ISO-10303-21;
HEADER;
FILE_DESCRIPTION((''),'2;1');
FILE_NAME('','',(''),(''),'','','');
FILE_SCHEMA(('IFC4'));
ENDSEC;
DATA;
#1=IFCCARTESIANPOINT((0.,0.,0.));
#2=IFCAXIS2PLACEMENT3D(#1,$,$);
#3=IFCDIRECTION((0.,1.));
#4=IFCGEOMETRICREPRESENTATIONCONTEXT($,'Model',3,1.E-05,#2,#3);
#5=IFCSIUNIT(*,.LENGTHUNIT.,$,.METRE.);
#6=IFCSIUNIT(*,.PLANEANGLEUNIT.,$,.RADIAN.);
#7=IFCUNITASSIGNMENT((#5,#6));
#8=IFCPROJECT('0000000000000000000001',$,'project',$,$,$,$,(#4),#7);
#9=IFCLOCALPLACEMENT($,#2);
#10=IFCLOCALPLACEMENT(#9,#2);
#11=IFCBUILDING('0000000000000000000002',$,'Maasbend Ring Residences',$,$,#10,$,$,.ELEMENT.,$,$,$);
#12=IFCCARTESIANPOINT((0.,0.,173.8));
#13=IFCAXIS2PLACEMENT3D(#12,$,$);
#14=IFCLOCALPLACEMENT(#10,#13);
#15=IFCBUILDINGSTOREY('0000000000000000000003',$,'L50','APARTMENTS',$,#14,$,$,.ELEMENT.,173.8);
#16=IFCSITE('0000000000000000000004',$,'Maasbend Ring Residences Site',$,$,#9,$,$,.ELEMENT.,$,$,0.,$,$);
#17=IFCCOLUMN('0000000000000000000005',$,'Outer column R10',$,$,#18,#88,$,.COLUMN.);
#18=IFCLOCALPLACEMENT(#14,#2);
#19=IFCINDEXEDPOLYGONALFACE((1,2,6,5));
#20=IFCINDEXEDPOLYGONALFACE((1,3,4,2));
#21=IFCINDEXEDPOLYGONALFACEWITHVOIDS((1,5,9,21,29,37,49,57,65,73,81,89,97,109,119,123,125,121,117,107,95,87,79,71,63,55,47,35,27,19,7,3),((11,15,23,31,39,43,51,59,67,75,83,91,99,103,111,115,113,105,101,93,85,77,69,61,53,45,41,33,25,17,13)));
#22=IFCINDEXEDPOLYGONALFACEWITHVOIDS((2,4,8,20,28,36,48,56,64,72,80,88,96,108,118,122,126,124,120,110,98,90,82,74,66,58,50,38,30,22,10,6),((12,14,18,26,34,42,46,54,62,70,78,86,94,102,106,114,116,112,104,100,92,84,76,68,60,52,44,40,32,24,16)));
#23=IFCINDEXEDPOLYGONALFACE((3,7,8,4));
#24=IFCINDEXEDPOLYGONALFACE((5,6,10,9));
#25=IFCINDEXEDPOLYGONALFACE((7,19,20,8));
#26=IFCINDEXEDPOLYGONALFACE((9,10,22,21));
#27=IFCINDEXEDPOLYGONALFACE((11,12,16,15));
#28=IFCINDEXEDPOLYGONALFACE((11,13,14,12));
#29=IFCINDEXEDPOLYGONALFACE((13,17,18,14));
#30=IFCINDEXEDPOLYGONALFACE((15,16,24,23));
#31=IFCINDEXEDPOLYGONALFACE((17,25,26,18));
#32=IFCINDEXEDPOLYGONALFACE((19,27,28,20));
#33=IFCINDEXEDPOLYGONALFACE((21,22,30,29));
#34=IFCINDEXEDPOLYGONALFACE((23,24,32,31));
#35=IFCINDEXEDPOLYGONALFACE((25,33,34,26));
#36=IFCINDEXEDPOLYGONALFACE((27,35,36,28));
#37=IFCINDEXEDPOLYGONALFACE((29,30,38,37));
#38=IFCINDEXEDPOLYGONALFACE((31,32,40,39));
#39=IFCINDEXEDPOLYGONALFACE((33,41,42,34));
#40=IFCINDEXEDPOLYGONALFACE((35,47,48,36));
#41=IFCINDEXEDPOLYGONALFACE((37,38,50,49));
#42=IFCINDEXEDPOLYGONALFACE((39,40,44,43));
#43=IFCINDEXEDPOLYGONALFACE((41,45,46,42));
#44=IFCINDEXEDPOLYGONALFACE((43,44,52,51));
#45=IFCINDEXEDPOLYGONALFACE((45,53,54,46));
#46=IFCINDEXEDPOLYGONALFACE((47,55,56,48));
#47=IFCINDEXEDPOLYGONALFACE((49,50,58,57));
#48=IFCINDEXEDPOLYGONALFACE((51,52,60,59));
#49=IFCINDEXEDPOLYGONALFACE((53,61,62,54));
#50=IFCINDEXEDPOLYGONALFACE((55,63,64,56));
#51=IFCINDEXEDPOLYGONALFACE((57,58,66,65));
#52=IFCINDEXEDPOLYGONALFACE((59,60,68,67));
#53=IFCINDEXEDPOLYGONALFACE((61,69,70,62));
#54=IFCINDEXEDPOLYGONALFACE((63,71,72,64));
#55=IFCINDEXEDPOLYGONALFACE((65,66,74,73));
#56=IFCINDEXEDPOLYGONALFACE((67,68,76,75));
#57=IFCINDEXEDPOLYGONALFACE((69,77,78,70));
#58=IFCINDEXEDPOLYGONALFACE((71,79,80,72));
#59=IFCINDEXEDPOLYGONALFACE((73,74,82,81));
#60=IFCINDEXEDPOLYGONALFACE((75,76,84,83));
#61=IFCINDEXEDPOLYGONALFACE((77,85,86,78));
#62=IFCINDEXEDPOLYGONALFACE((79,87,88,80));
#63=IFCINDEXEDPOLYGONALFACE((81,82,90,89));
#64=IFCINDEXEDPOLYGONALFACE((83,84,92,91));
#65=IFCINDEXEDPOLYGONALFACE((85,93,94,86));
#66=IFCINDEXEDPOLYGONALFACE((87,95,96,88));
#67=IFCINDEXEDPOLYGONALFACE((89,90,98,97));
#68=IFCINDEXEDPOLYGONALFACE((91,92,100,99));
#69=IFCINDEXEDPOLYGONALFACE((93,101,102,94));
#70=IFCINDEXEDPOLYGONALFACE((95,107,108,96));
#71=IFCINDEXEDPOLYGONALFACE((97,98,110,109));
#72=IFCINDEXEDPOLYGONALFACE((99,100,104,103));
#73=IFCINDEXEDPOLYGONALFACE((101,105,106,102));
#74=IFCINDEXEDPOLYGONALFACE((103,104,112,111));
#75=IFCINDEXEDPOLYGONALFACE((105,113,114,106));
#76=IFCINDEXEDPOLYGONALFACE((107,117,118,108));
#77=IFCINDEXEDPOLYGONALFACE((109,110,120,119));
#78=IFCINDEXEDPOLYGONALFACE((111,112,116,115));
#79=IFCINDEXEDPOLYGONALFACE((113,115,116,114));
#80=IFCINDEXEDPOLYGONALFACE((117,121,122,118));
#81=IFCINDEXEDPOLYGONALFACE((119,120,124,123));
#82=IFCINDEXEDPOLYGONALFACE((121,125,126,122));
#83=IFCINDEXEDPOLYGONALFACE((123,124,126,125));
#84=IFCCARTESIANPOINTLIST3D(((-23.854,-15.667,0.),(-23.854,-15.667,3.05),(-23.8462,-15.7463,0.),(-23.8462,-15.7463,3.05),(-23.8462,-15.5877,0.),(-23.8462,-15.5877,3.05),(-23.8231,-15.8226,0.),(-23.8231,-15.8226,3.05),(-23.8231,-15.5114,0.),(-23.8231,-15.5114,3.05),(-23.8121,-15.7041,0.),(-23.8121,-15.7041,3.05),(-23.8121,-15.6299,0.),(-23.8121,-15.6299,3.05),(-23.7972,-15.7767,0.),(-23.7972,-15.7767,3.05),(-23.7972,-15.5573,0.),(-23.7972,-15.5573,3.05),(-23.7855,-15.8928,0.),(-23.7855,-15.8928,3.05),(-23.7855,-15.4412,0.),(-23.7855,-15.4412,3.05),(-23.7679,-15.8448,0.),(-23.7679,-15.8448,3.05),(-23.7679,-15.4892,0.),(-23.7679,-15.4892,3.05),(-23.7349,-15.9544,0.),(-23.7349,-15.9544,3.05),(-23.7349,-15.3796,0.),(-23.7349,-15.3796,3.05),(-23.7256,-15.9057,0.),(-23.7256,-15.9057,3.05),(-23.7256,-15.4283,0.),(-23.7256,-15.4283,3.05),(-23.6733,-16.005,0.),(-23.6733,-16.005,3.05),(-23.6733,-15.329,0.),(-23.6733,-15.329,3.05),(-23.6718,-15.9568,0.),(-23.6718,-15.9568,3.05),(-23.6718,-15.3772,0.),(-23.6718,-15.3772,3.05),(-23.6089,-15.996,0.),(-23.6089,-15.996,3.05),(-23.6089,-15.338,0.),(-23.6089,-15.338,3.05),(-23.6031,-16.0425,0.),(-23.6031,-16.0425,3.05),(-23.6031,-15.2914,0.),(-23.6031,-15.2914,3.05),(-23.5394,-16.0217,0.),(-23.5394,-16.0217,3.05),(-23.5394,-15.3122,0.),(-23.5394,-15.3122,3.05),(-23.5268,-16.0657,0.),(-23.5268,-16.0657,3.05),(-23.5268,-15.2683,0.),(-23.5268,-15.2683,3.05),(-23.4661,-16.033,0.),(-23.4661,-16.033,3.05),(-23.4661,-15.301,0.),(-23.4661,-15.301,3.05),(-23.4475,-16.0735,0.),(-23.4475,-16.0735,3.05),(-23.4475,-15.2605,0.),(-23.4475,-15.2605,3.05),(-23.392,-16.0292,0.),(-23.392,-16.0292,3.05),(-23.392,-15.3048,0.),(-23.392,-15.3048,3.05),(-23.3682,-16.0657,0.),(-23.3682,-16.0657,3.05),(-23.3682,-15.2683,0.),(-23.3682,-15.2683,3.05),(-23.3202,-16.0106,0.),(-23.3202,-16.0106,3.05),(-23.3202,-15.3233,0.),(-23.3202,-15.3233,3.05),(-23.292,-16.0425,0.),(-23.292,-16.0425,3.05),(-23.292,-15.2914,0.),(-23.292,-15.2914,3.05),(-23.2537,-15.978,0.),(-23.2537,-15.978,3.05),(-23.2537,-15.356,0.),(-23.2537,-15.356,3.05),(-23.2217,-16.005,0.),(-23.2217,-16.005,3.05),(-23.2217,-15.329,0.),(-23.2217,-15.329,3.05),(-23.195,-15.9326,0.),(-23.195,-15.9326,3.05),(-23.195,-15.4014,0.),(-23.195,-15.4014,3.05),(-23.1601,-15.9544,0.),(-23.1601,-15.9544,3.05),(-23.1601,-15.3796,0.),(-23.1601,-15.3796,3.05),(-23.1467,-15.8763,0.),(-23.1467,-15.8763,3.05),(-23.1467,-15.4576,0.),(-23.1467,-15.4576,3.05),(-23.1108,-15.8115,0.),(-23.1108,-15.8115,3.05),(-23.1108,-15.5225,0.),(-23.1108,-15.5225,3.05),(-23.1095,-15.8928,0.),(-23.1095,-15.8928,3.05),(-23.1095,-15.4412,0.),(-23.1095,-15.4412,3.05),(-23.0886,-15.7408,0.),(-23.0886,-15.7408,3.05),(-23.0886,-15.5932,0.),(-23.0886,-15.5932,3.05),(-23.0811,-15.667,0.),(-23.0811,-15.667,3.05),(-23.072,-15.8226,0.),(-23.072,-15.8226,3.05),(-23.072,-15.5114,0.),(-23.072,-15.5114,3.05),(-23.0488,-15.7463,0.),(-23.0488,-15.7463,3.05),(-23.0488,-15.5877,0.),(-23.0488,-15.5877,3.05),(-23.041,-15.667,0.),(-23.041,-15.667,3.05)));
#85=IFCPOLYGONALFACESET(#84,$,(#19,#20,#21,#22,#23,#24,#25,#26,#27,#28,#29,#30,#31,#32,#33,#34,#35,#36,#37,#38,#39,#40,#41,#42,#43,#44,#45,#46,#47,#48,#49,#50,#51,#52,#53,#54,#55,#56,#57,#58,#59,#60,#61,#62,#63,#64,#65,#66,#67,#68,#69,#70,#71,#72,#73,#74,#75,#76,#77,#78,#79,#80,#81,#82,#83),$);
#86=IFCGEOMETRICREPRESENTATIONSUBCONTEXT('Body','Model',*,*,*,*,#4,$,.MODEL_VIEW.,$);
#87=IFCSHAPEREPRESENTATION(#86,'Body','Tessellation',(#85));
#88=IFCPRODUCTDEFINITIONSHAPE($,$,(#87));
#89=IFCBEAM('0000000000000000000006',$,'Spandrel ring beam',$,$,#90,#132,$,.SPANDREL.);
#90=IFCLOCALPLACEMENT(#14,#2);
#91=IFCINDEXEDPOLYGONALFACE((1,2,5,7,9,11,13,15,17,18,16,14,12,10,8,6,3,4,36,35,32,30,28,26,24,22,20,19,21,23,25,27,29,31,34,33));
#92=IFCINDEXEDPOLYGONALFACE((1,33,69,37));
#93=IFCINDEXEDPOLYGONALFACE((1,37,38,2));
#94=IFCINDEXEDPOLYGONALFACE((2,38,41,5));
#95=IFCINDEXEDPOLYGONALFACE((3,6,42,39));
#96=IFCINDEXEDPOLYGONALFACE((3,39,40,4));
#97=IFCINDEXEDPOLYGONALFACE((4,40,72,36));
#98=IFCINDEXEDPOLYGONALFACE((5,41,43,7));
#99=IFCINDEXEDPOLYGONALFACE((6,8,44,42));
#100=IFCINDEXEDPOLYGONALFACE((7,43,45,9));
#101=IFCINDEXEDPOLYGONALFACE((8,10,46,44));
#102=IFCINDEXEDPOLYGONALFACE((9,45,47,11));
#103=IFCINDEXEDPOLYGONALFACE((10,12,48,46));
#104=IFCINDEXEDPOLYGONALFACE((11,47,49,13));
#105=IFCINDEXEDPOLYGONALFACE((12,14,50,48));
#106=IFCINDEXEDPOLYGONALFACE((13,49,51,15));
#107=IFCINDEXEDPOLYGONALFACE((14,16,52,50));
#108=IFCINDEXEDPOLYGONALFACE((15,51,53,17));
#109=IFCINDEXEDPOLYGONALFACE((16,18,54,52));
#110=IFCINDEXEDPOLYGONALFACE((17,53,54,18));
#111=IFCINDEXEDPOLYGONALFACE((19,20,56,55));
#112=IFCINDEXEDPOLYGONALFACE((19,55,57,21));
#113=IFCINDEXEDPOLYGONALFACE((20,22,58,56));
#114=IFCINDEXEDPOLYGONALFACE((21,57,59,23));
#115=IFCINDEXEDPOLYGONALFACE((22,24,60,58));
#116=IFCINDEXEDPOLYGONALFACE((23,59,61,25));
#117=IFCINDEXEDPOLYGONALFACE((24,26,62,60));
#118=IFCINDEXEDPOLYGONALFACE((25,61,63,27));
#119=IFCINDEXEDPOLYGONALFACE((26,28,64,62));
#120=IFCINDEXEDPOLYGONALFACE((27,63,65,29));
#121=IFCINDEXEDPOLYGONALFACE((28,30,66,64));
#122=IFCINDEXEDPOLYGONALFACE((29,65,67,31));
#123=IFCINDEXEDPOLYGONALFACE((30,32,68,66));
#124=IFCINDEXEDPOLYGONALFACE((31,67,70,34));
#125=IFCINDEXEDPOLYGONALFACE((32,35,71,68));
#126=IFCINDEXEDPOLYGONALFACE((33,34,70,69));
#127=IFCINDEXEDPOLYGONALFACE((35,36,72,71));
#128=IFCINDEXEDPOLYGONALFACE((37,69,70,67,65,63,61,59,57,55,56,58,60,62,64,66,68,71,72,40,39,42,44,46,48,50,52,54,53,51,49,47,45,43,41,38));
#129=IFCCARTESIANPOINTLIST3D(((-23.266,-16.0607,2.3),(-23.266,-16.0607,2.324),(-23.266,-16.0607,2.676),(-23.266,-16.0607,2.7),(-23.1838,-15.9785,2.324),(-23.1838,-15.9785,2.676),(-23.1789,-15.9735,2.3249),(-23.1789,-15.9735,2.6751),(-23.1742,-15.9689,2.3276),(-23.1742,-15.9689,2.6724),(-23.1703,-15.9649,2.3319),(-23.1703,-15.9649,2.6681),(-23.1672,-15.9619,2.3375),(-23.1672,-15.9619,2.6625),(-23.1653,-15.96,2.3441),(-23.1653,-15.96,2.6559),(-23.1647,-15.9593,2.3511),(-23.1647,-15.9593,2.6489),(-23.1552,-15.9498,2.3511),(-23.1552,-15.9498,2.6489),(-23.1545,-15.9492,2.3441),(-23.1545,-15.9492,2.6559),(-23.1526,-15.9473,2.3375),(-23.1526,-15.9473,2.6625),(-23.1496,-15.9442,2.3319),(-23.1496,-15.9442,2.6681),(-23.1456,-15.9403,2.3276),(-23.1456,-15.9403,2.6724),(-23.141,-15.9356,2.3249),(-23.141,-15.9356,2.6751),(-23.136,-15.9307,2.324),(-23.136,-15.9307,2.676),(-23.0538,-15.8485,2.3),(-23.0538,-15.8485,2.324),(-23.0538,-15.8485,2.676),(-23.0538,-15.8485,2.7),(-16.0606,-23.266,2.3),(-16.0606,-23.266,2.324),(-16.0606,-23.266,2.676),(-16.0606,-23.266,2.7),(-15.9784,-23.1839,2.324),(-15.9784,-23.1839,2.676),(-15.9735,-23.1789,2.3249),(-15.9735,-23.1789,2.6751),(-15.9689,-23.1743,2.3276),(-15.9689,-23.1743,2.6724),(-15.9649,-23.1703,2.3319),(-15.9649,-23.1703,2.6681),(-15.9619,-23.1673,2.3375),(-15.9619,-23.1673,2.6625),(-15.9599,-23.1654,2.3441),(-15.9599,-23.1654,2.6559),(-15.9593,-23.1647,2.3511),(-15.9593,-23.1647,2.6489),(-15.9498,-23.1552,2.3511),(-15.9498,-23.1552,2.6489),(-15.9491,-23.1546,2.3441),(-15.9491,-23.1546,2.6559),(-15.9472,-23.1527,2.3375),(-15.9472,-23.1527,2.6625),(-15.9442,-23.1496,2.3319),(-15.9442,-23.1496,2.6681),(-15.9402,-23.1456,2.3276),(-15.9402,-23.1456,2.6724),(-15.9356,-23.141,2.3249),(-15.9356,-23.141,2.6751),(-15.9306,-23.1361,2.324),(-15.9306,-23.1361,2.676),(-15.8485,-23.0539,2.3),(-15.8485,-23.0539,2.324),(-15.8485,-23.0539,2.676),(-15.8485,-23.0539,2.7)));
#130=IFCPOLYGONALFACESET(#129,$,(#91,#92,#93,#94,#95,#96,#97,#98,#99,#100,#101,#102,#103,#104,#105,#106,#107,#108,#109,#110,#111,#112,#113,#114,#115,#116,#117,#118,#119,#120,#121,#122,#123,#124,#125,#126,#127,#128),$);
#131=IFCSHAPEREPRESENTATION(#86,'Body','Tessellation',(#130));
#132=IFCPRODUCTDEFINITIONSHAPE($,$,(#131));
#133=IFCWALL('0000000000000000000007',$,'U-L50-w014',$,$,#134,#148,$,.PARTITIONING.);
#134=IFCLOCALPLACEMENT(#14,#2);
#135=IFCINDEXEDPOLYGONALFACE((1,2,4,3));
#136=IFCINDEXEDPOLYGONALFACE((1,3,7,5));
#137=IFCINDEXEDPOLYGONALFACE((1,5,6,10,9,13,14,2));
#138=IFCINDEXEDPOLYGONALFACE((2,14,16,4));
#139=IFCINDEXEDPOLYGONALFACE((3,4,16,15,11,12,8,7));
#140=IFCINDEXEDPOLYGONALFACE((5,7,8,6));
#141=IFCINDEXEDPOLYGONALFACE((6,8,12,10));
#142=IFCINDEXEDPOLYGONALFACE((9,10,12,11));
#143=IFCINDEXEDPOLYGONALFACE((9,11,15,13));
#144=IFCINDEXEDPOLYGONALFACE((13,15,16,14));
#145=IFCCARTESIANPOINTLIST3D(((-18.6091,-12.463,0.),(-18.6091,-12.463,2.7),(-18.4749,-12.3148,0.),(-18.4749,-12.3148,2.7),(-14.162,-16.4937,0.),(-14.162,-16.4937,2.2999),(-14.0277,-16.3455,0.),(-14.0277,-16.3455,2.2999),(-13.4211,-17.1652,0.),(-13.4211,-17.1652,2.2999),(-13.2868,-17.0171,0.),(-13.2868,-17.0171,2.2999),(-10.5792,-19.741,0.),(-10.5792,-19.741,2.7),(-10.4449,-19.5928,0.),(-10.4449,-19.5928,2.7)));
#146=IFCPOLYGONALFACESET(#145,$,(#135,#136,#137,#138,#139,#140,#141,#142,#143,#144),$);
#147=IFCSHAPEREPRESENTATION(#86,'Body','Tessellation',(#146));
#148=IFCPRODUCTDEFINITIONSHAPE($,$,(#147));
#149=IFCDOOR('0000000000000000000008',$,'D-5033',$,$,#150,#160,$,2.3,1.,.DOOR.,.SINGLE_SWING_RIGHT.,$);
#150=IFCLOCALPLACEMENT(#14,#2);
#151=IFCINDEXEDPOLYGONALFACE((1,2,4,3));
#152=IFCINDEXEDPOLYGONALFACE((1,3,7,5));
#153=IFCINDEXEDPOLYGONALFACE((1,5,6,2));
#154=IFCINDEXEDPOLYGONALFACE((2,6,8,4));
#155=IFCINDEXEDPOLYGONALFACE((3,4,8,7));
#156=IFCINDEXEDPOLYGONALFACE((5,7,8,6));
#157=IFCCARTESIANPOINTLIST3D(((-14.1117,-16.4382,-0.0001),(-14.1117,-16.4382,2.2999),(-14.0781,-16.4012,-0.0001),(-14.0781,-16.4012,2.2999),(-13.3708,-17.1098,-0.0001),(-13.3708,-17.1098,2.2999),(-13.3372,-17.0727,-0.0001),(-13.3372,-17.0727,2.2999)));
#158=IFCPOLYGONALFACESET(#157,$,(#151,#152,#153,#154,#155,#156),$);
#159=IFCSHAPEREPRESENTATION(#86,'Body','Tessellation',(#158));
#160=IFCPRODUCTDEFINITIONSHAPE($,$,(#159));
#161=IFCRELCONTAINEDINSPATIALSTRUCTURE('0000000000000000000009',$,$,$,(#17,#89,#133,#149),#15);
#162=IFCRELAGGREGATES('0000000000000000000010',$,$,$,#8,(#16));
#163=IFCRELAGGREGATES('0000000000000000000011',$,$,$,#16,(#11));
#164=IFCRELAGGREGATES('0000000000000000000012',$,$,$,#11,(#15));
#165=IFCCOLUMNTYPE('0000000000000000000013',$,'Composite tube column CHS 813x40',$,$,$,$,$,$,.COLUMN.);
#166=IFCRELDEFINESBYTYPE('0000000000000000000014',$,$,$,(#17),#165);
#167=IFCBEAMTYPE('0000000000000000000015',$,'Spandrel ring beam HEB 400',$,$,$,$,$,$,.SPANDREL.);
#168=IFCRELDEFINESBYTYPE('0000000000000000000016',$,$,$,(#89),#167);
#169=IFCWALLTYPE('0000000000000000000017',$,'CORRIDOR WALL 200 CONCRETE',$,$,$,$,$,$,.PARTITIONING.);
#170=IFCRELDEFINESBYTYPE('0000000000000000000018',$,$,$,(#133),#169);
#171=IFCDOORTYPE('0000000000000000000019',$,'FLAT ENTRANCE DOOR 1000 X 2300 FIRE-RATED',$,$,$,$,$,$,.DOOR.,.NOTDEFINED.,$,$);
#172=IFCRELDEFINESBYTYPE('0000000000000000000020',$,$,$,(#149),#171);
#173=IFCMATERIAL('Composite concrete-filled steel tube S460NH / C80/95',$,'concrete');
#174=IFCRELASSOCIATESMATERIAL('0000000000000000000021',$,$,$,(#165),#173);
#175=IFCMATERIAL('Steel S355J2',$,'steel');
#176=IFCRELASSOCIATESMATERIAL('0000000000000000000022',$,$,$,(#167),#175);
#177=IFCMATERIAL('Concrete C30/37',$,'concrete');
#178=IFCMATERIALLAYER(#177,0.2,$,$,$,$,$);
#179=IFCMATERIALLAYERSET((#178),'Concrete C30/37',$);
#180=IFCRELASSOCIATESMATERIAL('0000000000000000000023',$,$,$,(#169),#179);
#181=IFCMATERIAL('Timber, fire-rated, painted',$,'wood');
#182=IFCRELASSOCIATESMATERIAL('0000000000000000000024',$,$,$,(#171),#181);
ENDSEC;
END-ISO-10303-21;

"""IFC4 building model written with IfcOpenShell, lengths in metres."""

from ifc_helpers import new_model, si_unit, direction, frame, frame_2d, origin, origin_2d, place, context, subcontext, project, spatial, rectangle, hollow_circle, i_section, extrude, material, layer, layer_set, material_profile, profile_set, type_object, element, fill, save


model = new_model("IFC4")

# Units and contexts
model_context = context("Model", 3, precision=1e-05, world=origin(), true_north=direction((0.0, 1.0)))
body_context = subcontext(model_context, "Body", "Model", "MODEL_VIEW")
ifc_project = project(units=[si_unit("LENGTHUNIT", "METRE"), si_unit("PLANEANGLEUNIT", "RADIAN")], contexts=[model_context])

# Site, building, storey
site_placement = place(None, origin())
site = spatial("IfcSite", under=ifc_project, at=site_placement, Name="Maasbend Ring Residences Site", CompositionType="ELEMENT", RefElevation=0.0)
building_placement = place(site_placement, origin())
building = spatial("IfcBuilding", under=site, at=building_placement, Name="Maasbend Ring Residences", CompositionType="ELEMENT")
storey_placement = place(building_placement, frame((0.0, 0.0, 173.8)))
storey = spatial("IfcBuildingStorey", under=building, at=storey_placement, Name="L50", Description="APARTMENTS", CompositionType="ELEMENT", Elevation=173.8)

# Column
ifc_material_1 = material(Name="Composite concrete-filled steel tube S460NH / C80/95", Category="concrete")
ifc_material_profile_1 = material_profile(ifc_material_1, hollow_circle(Radius=0.4065, WallThickness=0.04, at=origin_2d()), Name="Composite tube column CHS 813x40")
ifc_profile_set_1 = profile_set([ifc_material_profile_1], Name="Composite concrete-filled steel tube S460NH / C80/95")
column_type = type_object("IfcColumnType", Name="Composite tube column CHS 813x40", PredefinedType="COLUMN", material=ifc_profile_set_1)
column_placement = place(storey_placement, frame((-23.4475, -15.667, 0.0), z_axis=(0.0, 0.0, 1.0), x_axis=(1.0, 0.0, 0.0)))
element("IfcColumn", 1, at=column_placement, inside=storey, type_object=column_type, Name="Outer column R10", PredefinedType="COLUMN", context=body_context, shape_type="SweptSolid", body=[
    extrude(hollow_circle(Radius=0.4065, WallThickness=0.04, at=origin_2d()), origin(), (0.0, 0.0, 1.0), 3.05),
])

# Beam
ifc_material_2 = material(Name="Steel S355J2", Category="steel")
ifc_material_profile_2 = material_profile(ifc_material_2, i_section(OverallWidth=0.3, OverallDepth=0.3999, WebThickness=0.0134, FlangeThickness=0.0239, FilletRadius=0.0271, at=origin_2d()), Name="HEB 400")
ifc_profile_set_2 = profile_set([ifc_material_profile_2], Name="Steel S355J2")
beam_type = type_object("IfcBeamType", Name="Spandrel ring beam HEB 400", PredefinedType="SPANDREL", material=ifc_profile_set_2)
beam_placement = place(storey_placement, frame((-23.1599, -15.9546, 2.5), z_axis=(0.707107, -0.707107, 0.0), x_axis=(0.707107, 0.707107, 0.0)))
element("IfcBeam", 2, at=beam_placement, inside=storey, type_object=beam_type, Name="Spandrel ring beam", PredefinedType="SPANDREL", context=body_context, shape_type="SweptSolid", body=[
    extrude(i_section(OverallWidth=0.3, OverallDepth=0.3999, WebThickness=0.0134, FlangeThickness=0.0239, FilletRadius=0.0271, at=origin_2d()), origin(), (0.0, 0.0, 1.0), 10.1899),
])

# Wall, opening, door
ifc_material_3 = material(Name="Concrete C30/37", Category="concrete")
ifc_layer_1 = layer(ifc_material_3, 0.2)
ifc_layer_set_1 = layer_set([ifc_layer_1], Name="Concrete C30/37")
wall_type_1 = type_object("IfcWallType", Name="CORRIDOR WALL 200 CONCRETE", PredefinedType="PARTITIONING", material=ifc_layer_set_1)
wall_1_placement = place(storey_placement, frame((-18.542, -12.3889, 0.0), z_axis=(0.0, 0.0, 1.0), x_axis=(0.740947, -0.671563, 0.0)))
wall_1 = element("IfcWall", 3, at=wall_1_placement, inside=storey, type_object=wall_type_1, Name="U-L50-w014", PredefinedType="PARTITIONING", context=body_context, shape_type="SweptSolid", body=[
    extrude(rectangle(XDim=10.8374, YDim=0.2, at=frame_2d((5.4187, 0.0))), origin(), (0.0, 0.0, 1.0), 2.7),
])
opening_1_placement = place(wall_1_placement, frame((6.002, 0.0, 0.0)))
opening_1 = element("IfcOpeningElement", 4, at=opening_1_placement, cuts=wall_1, PredefinedType="OPENING", context=body_context, shape_type="SweptSolid", body=[
    extrude(rectangle(XDim=1.0, YDim=2.3, at=frame_2d((0.5, 1.1499))), frame((0.0, 0.1099, 0.0), z_axis=(0.0, -1.0, 0.0), x_axis=(1.0, 0.0, 0.0)), (0.0, 0.0, 1.0), 0.22),
])
ifc_material_4 = material(Name="Timber, fire-rated, painted", Category="wood")
door_type_1 = type_object("IfcDoorType", Name="FLAT ENTRANCE DOOR 1000 X 2300 FIRE-RATED", OperationType="NOTDEFINED", PredefinedType="DOOR", material=ifc_material_4)
door_1_placement = place(opening_1_placement, origin())
door_1 = element("IfcDoor", 5, at=door_1_placement, inside=storey, type_object=door_type_1, Name="D-5033", OperationType="SINGLE_SWING_RIGHT", OverallHeight=2.3, OverallWidth=1.0, PredefinedType="DOOR", context=body_context, shape_type="SweptSolid", body=[
    extrude(rectangle(XDim=1.0, YDim=2.3, at=frame_2d((0.5, 1.1499))), frame((0.0, 0.0249, 0.0), z_axis=(0.0, -1.0, 0.0), x_axis=(1.0, 0.0, 0.0)), (0.0, 0.0, 1.0), 0.05),
])
fill(opening_1, door_1)

save(model, "model.ifc")
